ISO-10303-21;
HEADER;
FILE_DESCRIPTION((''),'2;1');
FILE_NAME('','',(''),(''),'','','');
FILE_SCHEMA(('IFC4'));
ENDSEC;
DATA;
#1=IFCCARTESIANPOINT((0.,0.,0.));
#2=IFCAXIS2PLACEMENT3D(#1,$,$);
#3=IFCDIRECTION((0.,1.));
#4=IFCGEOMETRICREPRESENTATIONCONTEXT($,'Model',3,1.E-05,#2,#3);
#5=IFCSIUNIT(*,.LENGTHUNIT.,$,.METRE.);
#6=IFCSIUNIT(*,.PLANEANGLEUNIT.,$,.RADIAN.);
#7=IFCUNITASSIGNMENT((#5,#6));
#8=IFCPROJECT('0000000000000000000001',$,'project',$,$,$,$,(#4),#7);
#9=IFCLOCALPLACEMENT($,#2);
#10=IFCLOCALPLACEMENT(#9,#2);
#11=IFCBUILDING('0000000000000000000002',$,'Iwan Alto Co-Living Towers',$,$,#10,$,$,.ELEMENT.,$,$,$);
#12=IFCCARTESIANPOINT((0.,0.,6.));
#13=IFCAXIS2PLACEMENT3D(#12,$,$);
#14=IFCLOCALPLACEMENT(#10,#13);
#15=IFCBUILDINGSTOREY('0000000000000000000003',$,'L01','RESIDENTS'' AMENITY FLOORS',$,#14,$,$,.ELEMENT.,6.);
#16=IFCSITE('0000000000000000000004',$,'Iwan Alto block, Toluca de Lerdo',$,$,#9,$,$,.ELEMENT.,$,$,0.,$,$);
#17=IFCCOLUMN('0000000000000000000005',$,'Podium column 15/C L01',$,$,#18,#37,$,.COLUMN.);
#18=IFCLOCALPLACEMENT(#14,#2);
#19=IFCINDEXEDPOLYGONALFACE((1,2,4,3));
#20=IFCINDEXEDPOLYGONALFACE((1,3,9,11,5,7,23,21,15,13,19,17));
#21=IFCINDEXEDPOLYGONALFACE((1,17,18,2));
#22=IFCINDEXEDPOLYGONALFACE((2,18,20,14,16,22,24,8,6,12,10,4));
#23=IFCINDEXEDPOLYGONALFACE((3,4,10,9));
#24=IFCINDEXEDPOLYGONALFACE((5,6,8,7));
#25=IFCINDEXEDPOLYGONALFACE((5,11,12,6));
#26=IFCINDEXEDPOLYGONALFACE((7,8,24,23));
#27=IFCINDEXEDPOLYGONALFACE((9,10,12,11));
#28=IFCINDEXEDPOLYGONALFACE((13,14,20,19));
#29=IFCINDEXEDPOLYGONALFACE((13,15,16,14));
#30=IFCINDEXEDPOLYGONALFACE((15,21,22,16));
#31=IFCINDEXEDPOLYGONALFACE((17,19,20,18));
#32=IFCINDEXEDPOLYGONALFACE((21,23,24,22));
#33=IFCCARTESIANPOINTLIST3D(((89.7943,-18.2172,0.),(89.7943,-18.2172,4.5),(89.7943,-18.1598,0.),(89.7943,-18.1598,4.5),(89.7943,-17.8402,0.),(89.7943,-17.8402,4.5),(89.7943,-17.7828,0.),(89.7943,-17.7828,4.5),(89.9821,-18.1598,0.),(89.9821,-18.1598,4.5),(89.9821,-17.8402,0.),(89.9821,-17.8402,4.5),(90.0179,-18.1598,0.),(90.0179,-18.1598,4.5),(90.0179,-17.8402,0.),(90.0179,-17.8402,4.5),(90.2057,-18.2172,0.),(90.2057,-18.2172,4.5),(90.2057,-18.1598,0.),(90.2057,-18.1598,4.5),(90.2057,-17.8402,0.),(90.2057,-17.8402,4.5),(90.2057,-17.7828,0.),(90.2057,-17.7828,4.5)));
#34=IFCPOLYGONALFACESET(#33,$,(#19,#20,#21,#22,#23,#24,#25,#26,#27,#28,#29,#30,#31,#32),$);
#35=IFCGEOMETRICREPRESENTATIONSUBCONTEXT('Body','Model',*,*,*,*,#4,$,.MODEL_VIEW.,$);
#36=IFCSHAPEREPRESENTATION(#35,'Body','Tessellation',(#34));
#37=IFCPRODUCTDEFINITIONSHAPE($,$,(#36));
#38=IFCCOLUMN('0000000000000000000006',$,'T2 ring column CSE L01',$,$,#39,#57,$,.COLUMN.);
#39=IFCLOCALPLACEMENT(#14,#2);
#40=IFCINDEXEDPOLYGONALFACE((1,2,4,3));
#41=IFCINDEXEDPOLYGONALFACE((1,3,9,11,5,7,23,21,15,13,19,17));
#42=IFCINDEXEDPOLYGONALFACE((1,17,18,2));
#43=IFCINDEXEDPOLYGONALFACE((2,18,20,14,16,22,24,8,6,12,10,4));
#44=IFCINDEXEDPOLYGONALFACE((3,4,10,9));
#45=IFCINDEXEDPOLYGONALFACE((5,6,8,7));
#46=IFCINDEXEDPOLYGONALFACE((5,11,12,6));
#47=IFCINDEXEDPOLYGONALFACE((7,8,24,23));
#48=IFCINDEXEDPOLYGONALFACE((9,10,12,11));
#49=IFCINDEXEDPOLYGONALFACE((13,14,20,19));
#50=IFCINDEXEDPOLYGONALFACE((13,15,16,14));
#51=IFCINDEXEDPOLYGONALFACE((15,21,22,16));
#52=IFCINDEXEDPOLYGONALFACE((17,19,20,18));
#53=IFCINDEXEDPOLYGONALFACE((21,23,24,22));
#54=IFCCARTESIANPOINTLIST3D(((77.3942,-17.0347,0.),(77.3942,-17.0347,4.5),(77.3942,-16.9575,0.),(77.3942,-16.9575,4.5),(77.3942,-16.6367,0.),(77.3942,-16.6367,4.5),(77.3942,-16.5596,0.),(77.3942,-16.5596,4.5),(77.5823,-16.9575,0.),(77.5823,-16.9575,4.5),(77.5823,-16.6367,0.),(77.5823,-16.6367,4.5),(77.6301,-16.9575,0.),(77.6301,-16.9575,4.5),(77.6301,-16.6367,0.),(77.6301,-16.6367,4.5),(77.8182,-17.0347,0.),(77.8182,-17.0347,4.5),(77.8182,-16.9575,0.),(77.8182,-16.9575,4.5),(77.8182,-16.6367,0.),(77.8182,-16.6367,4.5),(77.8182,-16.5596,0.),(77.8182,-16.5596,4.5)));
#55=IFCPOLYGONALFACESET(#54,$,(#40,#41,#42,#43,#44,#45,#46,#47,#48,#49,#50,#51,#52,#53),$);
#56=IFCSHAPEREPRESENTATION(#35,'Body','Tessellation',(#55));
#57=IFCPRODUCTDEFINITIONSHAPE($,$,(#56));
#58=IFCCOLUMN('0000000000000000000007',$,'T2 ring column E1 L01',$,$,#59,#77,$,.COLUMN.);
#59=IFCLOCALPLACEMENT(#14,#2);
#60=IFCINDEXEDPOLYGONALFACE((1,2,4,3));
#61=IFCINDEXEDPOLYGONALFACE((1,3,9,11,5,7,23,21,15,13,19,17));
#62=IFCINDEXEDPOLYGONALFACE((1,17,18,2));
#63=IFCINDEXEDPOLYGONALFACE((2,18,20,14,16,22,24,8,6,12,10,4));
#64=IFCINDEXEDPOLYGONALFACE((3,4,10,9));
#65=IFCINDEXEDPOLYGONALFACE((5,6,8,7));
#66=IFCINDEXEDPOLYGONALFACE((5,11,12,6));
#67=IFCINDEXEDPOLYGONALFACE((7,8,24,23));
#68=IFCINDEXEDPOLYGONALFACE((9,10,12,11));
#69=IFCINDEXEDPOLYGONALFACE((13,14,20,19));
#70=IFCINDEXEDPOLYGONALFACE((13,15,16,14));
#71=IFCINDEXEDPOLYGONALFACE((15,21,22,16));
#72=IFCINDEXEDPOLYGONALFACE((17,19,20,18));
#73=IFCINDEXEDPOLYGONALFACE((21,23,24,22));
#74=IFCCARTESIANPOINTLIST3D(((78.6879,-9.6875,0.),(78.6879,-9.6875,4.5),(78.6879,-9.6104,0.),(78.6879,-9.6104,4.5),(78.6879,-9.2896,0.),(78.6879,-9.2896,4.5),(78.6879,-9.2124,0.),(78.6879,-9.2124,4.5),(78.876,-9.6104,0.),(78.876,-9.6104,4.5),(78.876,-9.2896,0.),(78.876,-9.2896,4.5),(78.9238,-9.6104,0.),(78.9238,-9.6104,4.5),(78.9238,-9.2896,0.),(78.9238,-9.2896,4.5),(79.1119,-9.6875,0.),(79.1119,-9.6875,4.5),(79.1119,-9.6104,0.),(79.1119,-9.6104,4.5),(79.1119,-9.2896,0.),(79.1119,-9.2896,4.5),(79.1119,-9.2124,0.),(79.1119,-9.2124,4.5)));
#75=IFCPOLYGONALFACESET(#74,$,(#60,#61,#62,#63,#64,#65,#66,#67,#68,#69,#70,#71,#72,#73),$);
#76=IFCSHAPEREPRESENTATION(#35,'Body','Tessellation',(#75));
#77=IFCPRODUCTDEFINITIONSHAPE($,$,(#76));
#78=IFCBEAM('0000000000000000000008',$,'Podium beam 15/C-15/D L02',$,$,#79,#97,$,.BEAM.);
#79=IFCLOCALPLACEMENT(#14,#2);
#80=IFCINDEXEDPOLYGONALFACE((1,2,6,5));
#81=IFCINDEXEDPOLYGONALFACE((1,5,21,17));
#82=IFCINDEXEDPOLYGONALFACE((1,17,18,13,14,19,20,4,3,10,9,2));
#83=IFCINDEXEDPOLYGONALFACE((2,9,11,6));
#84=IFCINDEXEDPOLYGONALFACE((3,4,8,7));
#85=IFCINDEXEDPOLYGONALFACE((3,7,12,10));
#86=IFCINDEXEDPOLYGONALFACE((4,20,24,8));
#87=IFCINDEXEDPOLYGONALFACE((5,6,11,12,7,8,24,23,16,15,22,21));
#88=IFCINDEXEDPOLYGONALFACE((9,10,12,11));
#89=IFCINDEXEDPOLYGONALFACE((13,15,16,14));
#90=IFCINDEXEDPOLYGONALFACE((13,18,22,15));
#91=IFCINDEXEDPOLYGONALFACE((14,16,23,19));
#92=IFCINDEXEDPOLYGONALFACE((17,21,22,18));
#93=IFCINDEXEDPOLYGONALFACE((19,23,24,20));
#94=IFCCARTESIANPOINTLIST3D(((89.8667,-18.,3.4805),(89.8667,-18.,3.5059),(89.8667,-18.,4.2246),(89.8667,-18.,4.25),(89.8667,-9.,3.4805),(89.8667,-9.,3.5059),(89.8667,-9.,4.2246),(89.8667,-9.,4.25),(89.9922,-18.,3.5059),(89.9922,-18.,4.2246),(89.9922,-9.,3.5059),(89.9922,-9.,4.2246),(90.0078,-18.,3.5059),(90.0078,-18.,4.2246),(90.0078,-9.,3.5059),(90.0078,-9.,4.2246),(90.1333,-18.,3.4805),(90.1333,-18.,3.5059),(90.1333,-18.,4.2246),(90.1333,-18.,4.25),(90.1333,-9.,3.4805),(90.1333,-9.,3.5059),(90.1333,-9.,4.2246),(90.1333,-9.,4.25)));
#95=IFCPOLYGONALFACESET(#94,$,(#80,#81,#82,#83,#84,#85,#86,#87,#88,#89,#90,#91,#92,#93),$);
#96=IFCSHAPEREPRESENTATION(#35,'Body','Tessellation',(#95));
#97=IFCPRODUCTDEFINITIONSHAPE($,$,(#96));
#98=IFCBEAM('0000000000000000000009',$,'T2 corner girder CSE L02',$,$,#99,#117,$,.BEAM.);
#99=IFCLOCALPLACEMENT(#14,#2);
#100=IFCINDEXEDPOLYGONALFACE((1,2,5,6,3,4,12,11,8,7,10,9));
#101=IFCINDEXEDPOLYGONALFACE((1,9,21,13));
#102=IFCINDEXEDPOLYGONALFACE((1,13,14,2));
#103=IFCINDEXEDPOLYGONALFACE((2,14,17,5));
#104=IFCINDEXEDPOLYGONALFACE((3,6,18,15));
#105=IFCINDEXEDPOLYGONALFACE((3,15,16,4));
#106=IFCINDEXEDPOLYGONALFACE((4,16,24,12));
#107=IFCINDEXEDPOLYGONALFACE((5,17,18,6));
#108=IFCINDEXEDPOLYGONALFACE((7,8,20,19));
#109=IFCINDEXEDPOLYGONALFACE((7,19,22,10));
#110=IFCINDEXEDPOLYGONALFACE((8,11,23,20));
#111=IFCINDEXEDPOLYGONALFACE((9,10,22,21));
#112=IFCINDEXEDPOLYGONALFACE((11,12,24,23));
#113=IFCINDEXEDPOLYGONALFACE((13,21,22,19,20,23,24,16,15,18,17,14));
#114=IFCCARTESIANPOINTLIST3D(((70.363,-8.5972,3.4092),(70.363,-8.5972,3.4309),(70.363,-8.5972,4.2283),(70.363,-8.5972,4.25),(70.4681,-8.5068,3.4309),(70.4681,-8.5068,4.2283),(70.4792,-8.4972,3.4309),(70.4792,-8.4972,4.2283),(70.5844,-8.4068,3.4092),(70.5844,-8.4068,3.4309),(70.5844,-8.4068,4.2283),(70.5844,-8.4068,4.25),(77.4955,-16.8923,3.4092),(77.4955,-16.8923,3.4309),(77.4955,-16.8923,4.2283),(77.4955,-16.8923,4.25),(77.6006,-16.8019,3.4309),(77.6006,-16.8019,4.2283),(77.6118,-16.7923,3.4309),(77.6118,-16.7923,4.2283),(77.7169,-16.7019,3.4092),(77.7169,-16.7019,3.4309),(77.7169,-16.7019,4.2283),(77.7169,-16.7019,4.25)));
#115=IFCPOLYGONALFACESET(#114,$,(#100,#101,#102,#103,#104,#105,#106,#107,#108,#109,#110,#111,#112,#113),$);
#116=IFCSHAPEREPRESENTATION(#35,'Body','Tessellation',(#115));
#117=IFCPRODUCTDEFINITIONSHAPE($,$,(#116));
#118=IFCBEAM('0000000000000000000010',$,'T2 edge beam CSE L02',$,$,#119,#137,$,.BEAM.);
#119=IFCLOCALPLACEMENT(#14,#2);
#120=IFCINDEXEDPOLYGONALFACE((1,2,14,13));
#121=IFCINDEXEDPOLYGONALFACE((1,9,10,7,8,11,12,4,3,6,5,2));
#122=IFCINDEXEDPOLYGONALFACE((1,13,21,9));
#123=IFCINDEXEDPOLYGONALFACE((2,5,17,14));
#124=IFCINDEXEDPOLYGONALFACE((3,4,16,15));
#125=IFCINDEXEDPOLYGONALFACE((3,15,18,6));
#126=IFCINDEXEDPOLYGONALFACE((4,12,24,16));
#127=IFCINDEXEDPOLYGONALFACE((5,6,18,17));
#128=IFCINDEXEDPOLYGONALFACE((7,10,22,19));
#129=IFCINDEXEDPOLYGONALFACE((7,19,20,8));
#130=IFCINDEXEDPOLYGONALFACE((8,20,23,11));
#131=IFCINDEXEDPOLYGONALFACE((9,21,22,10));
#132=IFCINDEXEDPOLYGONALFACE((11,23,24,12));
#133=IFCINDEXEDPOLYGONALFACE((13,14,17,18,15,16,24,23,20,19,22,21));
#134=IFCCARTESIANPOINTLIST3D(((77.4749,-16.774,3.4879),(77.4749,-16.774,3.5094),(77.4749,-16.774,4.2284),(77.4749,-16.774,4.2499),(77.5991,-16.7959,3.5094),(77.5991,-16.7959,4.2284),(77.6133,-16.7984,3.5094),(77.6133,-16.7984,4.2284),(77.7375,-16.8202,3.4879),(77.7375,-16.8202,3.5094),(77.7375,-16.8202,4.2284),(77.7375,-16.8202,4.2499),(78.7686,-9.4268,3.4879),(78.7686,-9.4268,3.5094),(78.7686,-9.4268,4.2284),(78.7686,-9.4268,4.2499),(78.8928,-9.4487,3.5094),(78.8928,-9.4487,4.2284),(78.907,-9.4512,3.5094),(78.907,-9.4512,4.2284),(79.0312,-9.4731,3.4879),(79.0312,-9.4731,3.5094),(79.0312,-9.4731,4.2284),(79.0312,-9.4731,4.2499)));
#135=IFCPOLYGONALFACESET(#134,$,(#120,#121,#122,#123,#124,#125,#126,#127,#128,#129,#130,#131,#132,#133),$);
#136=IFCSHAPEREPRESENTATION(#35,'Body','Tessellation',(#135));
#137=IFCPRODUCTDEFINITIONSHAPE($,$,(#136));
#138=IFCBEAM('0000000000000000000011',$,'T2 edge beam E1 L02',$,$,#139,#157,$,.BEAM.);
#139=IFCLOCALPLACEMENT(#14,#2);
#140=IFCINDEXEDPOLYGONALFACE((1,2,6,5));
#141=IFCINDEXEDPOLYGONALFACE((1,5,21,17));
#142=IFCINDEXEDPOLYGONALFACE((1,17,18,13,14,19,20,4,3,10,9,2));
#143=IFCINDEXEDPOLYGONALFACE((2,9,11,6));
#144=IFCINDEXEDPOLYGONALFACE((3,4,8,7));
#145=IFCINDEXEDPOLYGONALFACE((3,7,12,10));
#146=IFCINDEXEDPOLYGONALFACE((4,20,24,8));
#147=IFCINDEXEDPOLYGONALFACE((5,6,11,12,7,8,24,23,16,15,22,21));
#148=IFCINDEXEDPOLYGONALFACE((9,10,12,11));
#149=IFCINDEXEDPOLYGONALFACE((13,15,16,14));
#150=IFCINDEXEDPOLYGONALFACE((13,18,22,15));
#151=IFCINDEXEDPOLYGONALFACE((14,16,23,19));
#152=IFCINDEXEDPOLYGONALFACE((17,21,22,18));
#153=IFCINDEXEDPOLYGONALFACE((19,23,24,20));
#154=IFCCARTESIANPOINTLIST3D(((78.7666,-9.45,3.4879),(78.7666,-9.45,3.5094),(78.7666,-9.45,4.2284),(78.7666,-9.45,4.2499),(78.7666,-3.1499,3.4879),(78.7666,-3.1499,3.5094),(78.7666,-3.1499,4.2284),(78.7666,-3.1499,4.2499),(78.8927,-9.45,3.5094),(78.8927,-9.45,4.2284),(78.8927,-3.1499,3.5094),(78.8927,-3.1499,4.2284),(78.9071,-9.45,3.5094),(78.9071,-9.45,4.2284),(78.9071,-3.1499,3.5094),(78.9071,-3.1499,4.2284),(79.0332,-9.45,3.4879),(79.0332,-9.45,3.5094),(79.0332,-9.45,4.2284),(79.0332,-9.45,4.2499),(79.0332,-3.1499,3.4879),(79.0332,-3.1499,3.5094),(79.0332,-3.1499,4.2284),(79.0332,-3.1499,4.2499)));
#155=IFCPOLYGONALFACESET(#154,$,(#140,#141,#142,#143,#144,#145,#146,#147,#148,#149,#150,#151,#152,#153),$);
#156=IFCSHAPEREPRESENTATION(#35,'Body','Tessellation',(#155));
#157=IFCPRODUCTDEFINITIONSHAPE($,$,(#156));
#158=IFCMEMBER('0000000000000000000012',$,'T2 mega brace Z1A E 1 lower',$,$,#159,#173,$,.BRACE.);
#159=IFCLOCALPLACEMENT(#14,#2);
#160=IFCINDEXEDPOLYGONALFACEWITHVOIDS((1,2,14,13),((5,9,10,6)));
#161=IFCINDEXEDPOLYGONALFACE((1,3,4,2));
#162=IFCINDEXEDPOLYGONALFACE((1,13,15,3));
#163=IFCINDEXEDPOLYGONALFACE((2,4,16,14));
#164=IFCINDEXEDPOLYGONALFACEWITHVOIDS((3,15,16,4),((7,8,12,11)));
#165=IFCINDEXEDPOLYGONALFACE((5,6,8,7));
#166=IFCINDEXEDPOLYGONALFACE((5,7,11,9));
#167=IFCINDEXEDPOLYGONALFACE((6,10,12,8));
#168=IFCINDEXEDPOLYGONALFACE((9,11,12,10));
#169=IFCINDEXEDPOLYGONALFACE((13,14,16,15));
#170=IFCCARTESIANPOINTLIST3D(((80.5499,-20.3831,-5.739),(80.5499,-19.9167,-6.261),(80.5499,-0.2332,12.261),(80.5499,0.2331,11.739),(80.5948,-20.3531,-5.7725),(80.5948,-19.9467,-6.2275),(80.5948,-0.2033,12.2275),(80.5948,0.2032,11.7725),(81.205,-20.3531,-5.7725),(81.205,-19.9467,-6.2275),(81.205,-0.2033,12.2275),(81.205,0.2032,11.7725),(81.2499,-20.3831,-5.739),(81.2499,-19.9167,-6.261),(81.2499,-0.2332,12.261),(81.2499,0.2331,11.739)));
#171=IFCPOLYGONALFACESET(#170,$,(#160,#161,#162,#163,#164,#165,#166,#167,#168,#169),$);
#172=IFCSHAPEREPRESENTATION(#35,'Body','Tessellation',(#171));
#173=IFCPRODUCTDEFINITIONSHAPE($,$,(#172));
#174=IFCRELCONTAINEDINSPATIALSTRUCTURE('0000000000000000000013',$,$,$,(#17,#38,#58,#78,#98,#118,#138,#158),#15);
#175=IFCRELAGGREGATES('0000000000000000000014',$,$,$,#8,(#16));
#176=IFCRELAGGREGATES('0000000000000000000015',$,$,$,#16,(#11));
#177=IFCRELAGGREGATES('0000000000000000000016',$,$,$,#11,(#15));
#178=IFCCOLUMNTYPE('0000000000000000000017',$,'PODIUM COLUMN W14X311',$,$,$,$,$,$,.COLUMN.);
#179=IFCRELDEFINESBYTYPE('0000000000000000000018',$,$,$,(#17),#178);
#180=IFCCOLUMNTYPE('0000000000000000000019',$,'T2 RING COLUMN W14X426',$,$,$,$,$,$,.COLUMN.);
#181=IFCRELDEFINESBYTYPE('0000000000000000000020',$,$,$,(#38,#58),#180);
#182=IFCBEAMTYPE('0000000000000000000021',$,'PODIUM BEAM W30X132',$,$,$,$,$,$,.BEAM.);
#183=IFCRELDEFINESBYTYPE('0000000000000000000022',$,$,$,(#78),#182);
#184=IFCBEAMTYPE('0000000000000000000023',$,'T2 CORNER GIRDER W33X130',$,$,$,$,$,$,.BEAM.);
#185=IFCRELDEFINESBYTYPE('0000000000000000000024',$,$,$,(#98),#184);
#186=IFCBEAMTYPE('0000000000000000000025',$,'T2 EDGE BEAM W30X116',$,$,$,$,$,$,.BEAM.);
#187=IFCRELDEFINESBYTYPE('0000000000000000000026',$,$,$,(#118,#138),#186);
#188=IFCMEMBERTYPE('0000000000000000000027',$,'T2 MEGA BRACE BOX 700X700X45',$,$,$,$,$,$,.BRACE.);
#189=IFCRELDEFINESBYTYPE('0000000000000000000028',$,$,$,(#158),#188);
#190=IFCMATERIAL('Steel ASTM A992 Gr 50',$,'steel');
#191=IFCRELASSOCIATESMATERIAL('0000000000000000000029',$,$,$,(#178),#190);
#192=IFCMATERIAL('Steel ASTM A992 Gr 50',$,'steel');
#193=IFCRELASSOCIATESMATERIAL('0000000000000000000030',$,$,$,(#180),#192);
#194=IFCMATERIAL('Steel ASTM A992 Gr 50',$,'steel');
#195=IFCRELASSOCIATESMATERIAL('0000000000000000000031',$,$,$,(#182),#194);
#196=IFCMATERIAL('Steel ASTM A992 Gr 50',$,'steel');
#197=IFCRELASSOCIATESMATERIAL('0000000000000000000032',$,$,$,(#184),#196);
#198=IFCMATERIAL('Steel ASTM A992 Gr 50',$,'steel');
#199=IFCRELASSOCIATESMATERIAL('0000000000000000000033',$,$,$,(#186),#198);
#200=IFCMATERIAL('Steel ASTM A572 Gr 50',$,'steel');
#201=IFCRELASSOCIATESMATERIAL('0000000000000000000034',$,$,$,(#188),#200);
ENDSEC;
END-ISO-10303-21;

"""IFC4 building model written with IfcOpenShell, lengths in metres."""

from ifc_helpers import new_model, si_unit, direction, frame, origin, origin_2d, place, context, subcontext, project, spatial, hollow_rectangle, i_section, extrude, material, material_profile, profile_set, type_object, element, save


model = new_model("IFC4")

# Units and contexts
model_context = context("Model", 3, precision=1e-05, world=origin(), true_north=direction((0.0, 1.0)))
body_context = subcontext(model_context, "Body", "Model", "MODEL_VIEW")
ifc_project = project(units=[si_unit("LENGTHUNIT", "METRE"), si_unit("PLANEANGLEUNIT", "RADIAN")], contexts=[model_context])

# Site, building, storey
site_placement = place(None, origin())
site = spatial("IfcSite", under=ifc_project, at=site_placement, Name="Iwan Alto block, Toluca de Lerdo", CompositionType="ELEMENT", RefElevation=0.0)
building_placement = place(site_placement, origin())
building = spatial("IfcBuilding", under=site, at=building_placement, Name="Iwan Alto Co-Living Towers", CompositionType="ELEMENT")
storey_placement = place(building_placement, frame((0.0, 0.0, 6.0)))
storey = spatial("IfcBuildingStorey", under=building, at=storey_placement, Name="L01", Description="RESIDENTS' AMENITY FLOORS", CompositionType="ELEMENT", Elevation=6.0)

# Columns
ifc_material_1 = material(Name="Steel ASTM A992 Gr 50", Category="steel")
ifc_material_profile_1 = material_profile(ifc_material_1, i_section(OverallWidth=0.4114, OverallDepth=0.4343, WebThickness=0.0359, FlangeThickness=0.0574, at=origin_2d()), Name="W14X311")
ifc_profile_set_1 = profile_set([ifc_material_profile_1], Name="Steel ASTM A992 Gr 50")
column_type_1 = type_object("IfcColumnType", Name="PODIUM COLUMN W14X311", PredefinedType="COLUMN", material=ifc_profile_set_1)
column_placement = place(storey_placement, frame((90.0, -18.0, 0.0), z_axis=(0.0, 0.0, 1.0), x_axis=(1.0, 0.0, 0.0)))
element("IfcColumn", 1, at=column_placement, inside=storey, type_object=column_type_1, Name="Podium column 15/C L01", PredefinedType="COLUMN", context=body_context, shape_type="SweptSolid", body=[
    extrude(i_section(OverallWidth=0.4114, OverallDepth=0.4343, WebThickness=0.0359, FlangeThickness=0.0574, at=origin_2d()), origin(), (0.0, 0.0, 1.0), 4.5),
])
ifc_material_2 = material(Name="Steel ASTM A992 Gr 50", Category="steel")
ifc_material_profile_2 = material_profile(ifc_material_2, i_section(OverallWidth=0.4241, OverallDepth=0.4751, WebThickness=0.0479, FlangeThickness=0.0771, at=origin_2d()), Name="W14X426")
ifc_profile_set_2 = profile_set([ifc_material_profile_2], Name="Steel ASTM A992 Gr 50")
column_type_2 = type_object("IfcColumnType", Name="T2 RING COLUMN W14X426", PredefinedType="COLUMN", material=ifc_profile_set_2)
for number, where, z_axis, x_axis, name in (
    (2, (77.6062, -16.7971, 0.0), (0.0, 0.0, 1.0), (1.0, 0.0, 0.0), "T2 ring column CSE L01"),
    (3, (78.8999, -9.45, 0.0), (0.0, 0.0, 1.0), (1.0, 0.0, 0.0), "T2 ring column E1 L01"),
):
    element("IfcColumn", number, at=place(storey_placement, frame(where, z_axis=z_axis, x_axis=x_axis)), inside=storey, type_object=column_type_2, Name=name, PredefinedType="COLUMN", context=body_context, shape_type="SweptSolid", body=[
        extrude(i_section(OverallWidth=0.4241, OverallDepth=0.4751, WebThickness=0.0479, FlangeThickness=0.0771, at=origin_2d()), origin(), (0.0, 0.0, 1.0), 4.5),
    ])

# Beams
ifc_material_3 = material(Name="Steel ASTM A992 Gr 50", Category="steel")
ifc_material_profile_3 = material_profile(ifc_material_3, i_section(OverallWidth=0.2666, OverallDepth=0.7695, WebThickness=0.0156, FlangeThickness=0.0254, at=origin_2d()), Name="W30X132")
ifc_profile_set_3 = profile_set([ifc_material_profile_3], Name="Steel ASTM A992 Gr 50")
beam_type_1 = type_object("IfcBeamType", Name="PODIUM BEAM W30X132", PredefinedType="BEAM", material=ifc_profile_set_3)
beam_1_placement = place(storey_placement, frame((90.0, -18.0, 3.8652), z_axis=(0.0, 1.0, 0.0), x_axis=(-1.0, 0.0, 0.0)))
element("IfcBeam", 4, at=beam_1_placement, inside=storey, type_object=beam_type_1, Name="Podium beam 15/C-15/D L02", PredefinedType="BEAM", context=body_context, shape_type="SweptSolid", body=[
    extrude(i_section(OverallWidth=0.2666, OverallDepth=0.7695, WebThickness=0.0156, FlangeThickness=0.0254, at=origin_2d()), origin(), (0.0, 0.0, 1.0), 9.0),
])
ifc_material_4 = material(Name="Steel ASTM A992 Gr 50", Category="steel")
ifc_material_profile_4 = material_profile(ifc_material_4, i_section(OverallWidth=0.292, OverallDepth=0.8408, WebThickness=0.0146, FlangeThickness=0.0217, at=origin_2d()), Name="W33X130")
ifc_profile_set_4 = profile_set([ifc_material_profile_4], Name="Steel ASTM A992 Gr 50")
beam_type_2 = type_object("IfcBeamType", Name="T2 CORNER GIRDER W33X130", PredefinedType="BEAM", material=ifc_profile_set_4)
beam_2_placement = place(storey_placement, frame((77.6062, -16.7971, 3.8296), z_axis=(-0.651972, 0.758243, 0.0), x_axis=(-0.758243, -0.651972, 0.0)))
element("IfcBeam", 5, at=beam_2_placement, inside=storey, type_object=beam_type_2, Name="T2 corner girder CSE L02", PredefinedType="BEAM", context=body_context, shape_type="SweptSolid", body=[
    extrude(i_section(OverallWidth=0.292, OverallDepth=0.8408, WebThickness=0.0146, FlangeThickness=0.0217, at=origin_2d()), origin(), (0.0, 0.0, 1.0), 10.9399),
])
ifc_material_5 = material(Name="Steel ASTM A992 Gr 50", Category="steel")
ifc_material_profile_5 = material_profile(ifc_material_5, i_section(OverallWidth=0.2666, OverallDepth=0.762, WebThickness=0.0144, FlangeThickness=0.0215, at=origin_2d()), Name="W30X116")
ifc_profile_set_5 = profile_set([ifc_material_profile_5], Name="Steel ASTM A992 Gr 50")
beam_type_3 = type_object("IfcBeamType", Name="T2 EDGE BEAM W30X116", PredefinedType="BEAM", material=ifc_profile_set_5)
beam_3_placement = place(storey_placement, frame((77.6062, -16.7971, 3.8689), z_axis=(0.173414, 0.984849, 0.0), x_axis=(-0.984849, 0.173414, 0.0)))
element("IfcBeam", 6, at=beam_3_placement, inside=storey, type_object=beam_type_3, Name="T2 edge beam CSE L02", PredefinedType="BEAM", context=body_context, shape_type="SweptSolid", body=[
    extrude(i_section(OverallWidth=0.2666, OverallDepth=0.762, WebThickness=0.0144, FlangeThickness=0.0215, at=origin_2d()), origin(), (0.0, 0.0, 1.0), 7.4602),
])
beam_4_placement = place(storey_placement, frame((78.8999, -9.45, 3.8689), z_axis=(0.0, 1.0, 0.0), x_axis=(-1.0, 0.0, 0.0)))
element("IfcBeam", 7, at=beam_4_placement, inside=storey, type_object=beam_type_3, Name="T2 edge beam E1 L02", PredefinedType="BEAM", context=body_context, shape_type="SweptSolid", body=[
    extrude(i_section(OverallWidth=0.2666, OverallDepth=0.762, WebThickness=0.0144, FlangeThickness=0.0215, at=origin_2d()), origin(), (0.0, 0.0, 1.0), 6.3),
])

# Member
ifc_material_6 = material(Name="Steel ASTM A572 Gr 50", Category="steel")
ifc_material_profile_6 = material_profile(ifc_material_6, hollow_rectangle(XDim=0.7, YDim=0.7, WallThickness=0.0449, at=origin_2d()), Name="BOX 700X700X45")
ifc_profile_set_6 = profile_set([ifc_material_profile_6], Name="Steel ASTM A572 Gr 50")
member_type = type_object("IfcMemberType", Name="T2 MEGA BRACE BOX 700X700X45", PredefinedType="BRACE", material=ifc_profile_set_6)
member_placement = place(storey_placement, frame((80.8999, -20.1499, -6.0), z_axis=(0.0, 0.745772, 0.666201), x_axis=(-1.0, 0.0, 0.0)))
element("IfcMember", 8, at=member_placement, inside=storey, type_object=member_type, Name="T2 mega brace Z1A E 1 lower", PredefinedType="BRACE", context=body_context, shape_type="SweptSolid", body=[
    extrude(hollow_rectangle(XDim=0.7, YDim=0.7, WallThickness=0.0449, at=origin_2d()), origin(), (0.0, 0.0, 1.0), 27.0188),
])

save(model, "model.ifc")
